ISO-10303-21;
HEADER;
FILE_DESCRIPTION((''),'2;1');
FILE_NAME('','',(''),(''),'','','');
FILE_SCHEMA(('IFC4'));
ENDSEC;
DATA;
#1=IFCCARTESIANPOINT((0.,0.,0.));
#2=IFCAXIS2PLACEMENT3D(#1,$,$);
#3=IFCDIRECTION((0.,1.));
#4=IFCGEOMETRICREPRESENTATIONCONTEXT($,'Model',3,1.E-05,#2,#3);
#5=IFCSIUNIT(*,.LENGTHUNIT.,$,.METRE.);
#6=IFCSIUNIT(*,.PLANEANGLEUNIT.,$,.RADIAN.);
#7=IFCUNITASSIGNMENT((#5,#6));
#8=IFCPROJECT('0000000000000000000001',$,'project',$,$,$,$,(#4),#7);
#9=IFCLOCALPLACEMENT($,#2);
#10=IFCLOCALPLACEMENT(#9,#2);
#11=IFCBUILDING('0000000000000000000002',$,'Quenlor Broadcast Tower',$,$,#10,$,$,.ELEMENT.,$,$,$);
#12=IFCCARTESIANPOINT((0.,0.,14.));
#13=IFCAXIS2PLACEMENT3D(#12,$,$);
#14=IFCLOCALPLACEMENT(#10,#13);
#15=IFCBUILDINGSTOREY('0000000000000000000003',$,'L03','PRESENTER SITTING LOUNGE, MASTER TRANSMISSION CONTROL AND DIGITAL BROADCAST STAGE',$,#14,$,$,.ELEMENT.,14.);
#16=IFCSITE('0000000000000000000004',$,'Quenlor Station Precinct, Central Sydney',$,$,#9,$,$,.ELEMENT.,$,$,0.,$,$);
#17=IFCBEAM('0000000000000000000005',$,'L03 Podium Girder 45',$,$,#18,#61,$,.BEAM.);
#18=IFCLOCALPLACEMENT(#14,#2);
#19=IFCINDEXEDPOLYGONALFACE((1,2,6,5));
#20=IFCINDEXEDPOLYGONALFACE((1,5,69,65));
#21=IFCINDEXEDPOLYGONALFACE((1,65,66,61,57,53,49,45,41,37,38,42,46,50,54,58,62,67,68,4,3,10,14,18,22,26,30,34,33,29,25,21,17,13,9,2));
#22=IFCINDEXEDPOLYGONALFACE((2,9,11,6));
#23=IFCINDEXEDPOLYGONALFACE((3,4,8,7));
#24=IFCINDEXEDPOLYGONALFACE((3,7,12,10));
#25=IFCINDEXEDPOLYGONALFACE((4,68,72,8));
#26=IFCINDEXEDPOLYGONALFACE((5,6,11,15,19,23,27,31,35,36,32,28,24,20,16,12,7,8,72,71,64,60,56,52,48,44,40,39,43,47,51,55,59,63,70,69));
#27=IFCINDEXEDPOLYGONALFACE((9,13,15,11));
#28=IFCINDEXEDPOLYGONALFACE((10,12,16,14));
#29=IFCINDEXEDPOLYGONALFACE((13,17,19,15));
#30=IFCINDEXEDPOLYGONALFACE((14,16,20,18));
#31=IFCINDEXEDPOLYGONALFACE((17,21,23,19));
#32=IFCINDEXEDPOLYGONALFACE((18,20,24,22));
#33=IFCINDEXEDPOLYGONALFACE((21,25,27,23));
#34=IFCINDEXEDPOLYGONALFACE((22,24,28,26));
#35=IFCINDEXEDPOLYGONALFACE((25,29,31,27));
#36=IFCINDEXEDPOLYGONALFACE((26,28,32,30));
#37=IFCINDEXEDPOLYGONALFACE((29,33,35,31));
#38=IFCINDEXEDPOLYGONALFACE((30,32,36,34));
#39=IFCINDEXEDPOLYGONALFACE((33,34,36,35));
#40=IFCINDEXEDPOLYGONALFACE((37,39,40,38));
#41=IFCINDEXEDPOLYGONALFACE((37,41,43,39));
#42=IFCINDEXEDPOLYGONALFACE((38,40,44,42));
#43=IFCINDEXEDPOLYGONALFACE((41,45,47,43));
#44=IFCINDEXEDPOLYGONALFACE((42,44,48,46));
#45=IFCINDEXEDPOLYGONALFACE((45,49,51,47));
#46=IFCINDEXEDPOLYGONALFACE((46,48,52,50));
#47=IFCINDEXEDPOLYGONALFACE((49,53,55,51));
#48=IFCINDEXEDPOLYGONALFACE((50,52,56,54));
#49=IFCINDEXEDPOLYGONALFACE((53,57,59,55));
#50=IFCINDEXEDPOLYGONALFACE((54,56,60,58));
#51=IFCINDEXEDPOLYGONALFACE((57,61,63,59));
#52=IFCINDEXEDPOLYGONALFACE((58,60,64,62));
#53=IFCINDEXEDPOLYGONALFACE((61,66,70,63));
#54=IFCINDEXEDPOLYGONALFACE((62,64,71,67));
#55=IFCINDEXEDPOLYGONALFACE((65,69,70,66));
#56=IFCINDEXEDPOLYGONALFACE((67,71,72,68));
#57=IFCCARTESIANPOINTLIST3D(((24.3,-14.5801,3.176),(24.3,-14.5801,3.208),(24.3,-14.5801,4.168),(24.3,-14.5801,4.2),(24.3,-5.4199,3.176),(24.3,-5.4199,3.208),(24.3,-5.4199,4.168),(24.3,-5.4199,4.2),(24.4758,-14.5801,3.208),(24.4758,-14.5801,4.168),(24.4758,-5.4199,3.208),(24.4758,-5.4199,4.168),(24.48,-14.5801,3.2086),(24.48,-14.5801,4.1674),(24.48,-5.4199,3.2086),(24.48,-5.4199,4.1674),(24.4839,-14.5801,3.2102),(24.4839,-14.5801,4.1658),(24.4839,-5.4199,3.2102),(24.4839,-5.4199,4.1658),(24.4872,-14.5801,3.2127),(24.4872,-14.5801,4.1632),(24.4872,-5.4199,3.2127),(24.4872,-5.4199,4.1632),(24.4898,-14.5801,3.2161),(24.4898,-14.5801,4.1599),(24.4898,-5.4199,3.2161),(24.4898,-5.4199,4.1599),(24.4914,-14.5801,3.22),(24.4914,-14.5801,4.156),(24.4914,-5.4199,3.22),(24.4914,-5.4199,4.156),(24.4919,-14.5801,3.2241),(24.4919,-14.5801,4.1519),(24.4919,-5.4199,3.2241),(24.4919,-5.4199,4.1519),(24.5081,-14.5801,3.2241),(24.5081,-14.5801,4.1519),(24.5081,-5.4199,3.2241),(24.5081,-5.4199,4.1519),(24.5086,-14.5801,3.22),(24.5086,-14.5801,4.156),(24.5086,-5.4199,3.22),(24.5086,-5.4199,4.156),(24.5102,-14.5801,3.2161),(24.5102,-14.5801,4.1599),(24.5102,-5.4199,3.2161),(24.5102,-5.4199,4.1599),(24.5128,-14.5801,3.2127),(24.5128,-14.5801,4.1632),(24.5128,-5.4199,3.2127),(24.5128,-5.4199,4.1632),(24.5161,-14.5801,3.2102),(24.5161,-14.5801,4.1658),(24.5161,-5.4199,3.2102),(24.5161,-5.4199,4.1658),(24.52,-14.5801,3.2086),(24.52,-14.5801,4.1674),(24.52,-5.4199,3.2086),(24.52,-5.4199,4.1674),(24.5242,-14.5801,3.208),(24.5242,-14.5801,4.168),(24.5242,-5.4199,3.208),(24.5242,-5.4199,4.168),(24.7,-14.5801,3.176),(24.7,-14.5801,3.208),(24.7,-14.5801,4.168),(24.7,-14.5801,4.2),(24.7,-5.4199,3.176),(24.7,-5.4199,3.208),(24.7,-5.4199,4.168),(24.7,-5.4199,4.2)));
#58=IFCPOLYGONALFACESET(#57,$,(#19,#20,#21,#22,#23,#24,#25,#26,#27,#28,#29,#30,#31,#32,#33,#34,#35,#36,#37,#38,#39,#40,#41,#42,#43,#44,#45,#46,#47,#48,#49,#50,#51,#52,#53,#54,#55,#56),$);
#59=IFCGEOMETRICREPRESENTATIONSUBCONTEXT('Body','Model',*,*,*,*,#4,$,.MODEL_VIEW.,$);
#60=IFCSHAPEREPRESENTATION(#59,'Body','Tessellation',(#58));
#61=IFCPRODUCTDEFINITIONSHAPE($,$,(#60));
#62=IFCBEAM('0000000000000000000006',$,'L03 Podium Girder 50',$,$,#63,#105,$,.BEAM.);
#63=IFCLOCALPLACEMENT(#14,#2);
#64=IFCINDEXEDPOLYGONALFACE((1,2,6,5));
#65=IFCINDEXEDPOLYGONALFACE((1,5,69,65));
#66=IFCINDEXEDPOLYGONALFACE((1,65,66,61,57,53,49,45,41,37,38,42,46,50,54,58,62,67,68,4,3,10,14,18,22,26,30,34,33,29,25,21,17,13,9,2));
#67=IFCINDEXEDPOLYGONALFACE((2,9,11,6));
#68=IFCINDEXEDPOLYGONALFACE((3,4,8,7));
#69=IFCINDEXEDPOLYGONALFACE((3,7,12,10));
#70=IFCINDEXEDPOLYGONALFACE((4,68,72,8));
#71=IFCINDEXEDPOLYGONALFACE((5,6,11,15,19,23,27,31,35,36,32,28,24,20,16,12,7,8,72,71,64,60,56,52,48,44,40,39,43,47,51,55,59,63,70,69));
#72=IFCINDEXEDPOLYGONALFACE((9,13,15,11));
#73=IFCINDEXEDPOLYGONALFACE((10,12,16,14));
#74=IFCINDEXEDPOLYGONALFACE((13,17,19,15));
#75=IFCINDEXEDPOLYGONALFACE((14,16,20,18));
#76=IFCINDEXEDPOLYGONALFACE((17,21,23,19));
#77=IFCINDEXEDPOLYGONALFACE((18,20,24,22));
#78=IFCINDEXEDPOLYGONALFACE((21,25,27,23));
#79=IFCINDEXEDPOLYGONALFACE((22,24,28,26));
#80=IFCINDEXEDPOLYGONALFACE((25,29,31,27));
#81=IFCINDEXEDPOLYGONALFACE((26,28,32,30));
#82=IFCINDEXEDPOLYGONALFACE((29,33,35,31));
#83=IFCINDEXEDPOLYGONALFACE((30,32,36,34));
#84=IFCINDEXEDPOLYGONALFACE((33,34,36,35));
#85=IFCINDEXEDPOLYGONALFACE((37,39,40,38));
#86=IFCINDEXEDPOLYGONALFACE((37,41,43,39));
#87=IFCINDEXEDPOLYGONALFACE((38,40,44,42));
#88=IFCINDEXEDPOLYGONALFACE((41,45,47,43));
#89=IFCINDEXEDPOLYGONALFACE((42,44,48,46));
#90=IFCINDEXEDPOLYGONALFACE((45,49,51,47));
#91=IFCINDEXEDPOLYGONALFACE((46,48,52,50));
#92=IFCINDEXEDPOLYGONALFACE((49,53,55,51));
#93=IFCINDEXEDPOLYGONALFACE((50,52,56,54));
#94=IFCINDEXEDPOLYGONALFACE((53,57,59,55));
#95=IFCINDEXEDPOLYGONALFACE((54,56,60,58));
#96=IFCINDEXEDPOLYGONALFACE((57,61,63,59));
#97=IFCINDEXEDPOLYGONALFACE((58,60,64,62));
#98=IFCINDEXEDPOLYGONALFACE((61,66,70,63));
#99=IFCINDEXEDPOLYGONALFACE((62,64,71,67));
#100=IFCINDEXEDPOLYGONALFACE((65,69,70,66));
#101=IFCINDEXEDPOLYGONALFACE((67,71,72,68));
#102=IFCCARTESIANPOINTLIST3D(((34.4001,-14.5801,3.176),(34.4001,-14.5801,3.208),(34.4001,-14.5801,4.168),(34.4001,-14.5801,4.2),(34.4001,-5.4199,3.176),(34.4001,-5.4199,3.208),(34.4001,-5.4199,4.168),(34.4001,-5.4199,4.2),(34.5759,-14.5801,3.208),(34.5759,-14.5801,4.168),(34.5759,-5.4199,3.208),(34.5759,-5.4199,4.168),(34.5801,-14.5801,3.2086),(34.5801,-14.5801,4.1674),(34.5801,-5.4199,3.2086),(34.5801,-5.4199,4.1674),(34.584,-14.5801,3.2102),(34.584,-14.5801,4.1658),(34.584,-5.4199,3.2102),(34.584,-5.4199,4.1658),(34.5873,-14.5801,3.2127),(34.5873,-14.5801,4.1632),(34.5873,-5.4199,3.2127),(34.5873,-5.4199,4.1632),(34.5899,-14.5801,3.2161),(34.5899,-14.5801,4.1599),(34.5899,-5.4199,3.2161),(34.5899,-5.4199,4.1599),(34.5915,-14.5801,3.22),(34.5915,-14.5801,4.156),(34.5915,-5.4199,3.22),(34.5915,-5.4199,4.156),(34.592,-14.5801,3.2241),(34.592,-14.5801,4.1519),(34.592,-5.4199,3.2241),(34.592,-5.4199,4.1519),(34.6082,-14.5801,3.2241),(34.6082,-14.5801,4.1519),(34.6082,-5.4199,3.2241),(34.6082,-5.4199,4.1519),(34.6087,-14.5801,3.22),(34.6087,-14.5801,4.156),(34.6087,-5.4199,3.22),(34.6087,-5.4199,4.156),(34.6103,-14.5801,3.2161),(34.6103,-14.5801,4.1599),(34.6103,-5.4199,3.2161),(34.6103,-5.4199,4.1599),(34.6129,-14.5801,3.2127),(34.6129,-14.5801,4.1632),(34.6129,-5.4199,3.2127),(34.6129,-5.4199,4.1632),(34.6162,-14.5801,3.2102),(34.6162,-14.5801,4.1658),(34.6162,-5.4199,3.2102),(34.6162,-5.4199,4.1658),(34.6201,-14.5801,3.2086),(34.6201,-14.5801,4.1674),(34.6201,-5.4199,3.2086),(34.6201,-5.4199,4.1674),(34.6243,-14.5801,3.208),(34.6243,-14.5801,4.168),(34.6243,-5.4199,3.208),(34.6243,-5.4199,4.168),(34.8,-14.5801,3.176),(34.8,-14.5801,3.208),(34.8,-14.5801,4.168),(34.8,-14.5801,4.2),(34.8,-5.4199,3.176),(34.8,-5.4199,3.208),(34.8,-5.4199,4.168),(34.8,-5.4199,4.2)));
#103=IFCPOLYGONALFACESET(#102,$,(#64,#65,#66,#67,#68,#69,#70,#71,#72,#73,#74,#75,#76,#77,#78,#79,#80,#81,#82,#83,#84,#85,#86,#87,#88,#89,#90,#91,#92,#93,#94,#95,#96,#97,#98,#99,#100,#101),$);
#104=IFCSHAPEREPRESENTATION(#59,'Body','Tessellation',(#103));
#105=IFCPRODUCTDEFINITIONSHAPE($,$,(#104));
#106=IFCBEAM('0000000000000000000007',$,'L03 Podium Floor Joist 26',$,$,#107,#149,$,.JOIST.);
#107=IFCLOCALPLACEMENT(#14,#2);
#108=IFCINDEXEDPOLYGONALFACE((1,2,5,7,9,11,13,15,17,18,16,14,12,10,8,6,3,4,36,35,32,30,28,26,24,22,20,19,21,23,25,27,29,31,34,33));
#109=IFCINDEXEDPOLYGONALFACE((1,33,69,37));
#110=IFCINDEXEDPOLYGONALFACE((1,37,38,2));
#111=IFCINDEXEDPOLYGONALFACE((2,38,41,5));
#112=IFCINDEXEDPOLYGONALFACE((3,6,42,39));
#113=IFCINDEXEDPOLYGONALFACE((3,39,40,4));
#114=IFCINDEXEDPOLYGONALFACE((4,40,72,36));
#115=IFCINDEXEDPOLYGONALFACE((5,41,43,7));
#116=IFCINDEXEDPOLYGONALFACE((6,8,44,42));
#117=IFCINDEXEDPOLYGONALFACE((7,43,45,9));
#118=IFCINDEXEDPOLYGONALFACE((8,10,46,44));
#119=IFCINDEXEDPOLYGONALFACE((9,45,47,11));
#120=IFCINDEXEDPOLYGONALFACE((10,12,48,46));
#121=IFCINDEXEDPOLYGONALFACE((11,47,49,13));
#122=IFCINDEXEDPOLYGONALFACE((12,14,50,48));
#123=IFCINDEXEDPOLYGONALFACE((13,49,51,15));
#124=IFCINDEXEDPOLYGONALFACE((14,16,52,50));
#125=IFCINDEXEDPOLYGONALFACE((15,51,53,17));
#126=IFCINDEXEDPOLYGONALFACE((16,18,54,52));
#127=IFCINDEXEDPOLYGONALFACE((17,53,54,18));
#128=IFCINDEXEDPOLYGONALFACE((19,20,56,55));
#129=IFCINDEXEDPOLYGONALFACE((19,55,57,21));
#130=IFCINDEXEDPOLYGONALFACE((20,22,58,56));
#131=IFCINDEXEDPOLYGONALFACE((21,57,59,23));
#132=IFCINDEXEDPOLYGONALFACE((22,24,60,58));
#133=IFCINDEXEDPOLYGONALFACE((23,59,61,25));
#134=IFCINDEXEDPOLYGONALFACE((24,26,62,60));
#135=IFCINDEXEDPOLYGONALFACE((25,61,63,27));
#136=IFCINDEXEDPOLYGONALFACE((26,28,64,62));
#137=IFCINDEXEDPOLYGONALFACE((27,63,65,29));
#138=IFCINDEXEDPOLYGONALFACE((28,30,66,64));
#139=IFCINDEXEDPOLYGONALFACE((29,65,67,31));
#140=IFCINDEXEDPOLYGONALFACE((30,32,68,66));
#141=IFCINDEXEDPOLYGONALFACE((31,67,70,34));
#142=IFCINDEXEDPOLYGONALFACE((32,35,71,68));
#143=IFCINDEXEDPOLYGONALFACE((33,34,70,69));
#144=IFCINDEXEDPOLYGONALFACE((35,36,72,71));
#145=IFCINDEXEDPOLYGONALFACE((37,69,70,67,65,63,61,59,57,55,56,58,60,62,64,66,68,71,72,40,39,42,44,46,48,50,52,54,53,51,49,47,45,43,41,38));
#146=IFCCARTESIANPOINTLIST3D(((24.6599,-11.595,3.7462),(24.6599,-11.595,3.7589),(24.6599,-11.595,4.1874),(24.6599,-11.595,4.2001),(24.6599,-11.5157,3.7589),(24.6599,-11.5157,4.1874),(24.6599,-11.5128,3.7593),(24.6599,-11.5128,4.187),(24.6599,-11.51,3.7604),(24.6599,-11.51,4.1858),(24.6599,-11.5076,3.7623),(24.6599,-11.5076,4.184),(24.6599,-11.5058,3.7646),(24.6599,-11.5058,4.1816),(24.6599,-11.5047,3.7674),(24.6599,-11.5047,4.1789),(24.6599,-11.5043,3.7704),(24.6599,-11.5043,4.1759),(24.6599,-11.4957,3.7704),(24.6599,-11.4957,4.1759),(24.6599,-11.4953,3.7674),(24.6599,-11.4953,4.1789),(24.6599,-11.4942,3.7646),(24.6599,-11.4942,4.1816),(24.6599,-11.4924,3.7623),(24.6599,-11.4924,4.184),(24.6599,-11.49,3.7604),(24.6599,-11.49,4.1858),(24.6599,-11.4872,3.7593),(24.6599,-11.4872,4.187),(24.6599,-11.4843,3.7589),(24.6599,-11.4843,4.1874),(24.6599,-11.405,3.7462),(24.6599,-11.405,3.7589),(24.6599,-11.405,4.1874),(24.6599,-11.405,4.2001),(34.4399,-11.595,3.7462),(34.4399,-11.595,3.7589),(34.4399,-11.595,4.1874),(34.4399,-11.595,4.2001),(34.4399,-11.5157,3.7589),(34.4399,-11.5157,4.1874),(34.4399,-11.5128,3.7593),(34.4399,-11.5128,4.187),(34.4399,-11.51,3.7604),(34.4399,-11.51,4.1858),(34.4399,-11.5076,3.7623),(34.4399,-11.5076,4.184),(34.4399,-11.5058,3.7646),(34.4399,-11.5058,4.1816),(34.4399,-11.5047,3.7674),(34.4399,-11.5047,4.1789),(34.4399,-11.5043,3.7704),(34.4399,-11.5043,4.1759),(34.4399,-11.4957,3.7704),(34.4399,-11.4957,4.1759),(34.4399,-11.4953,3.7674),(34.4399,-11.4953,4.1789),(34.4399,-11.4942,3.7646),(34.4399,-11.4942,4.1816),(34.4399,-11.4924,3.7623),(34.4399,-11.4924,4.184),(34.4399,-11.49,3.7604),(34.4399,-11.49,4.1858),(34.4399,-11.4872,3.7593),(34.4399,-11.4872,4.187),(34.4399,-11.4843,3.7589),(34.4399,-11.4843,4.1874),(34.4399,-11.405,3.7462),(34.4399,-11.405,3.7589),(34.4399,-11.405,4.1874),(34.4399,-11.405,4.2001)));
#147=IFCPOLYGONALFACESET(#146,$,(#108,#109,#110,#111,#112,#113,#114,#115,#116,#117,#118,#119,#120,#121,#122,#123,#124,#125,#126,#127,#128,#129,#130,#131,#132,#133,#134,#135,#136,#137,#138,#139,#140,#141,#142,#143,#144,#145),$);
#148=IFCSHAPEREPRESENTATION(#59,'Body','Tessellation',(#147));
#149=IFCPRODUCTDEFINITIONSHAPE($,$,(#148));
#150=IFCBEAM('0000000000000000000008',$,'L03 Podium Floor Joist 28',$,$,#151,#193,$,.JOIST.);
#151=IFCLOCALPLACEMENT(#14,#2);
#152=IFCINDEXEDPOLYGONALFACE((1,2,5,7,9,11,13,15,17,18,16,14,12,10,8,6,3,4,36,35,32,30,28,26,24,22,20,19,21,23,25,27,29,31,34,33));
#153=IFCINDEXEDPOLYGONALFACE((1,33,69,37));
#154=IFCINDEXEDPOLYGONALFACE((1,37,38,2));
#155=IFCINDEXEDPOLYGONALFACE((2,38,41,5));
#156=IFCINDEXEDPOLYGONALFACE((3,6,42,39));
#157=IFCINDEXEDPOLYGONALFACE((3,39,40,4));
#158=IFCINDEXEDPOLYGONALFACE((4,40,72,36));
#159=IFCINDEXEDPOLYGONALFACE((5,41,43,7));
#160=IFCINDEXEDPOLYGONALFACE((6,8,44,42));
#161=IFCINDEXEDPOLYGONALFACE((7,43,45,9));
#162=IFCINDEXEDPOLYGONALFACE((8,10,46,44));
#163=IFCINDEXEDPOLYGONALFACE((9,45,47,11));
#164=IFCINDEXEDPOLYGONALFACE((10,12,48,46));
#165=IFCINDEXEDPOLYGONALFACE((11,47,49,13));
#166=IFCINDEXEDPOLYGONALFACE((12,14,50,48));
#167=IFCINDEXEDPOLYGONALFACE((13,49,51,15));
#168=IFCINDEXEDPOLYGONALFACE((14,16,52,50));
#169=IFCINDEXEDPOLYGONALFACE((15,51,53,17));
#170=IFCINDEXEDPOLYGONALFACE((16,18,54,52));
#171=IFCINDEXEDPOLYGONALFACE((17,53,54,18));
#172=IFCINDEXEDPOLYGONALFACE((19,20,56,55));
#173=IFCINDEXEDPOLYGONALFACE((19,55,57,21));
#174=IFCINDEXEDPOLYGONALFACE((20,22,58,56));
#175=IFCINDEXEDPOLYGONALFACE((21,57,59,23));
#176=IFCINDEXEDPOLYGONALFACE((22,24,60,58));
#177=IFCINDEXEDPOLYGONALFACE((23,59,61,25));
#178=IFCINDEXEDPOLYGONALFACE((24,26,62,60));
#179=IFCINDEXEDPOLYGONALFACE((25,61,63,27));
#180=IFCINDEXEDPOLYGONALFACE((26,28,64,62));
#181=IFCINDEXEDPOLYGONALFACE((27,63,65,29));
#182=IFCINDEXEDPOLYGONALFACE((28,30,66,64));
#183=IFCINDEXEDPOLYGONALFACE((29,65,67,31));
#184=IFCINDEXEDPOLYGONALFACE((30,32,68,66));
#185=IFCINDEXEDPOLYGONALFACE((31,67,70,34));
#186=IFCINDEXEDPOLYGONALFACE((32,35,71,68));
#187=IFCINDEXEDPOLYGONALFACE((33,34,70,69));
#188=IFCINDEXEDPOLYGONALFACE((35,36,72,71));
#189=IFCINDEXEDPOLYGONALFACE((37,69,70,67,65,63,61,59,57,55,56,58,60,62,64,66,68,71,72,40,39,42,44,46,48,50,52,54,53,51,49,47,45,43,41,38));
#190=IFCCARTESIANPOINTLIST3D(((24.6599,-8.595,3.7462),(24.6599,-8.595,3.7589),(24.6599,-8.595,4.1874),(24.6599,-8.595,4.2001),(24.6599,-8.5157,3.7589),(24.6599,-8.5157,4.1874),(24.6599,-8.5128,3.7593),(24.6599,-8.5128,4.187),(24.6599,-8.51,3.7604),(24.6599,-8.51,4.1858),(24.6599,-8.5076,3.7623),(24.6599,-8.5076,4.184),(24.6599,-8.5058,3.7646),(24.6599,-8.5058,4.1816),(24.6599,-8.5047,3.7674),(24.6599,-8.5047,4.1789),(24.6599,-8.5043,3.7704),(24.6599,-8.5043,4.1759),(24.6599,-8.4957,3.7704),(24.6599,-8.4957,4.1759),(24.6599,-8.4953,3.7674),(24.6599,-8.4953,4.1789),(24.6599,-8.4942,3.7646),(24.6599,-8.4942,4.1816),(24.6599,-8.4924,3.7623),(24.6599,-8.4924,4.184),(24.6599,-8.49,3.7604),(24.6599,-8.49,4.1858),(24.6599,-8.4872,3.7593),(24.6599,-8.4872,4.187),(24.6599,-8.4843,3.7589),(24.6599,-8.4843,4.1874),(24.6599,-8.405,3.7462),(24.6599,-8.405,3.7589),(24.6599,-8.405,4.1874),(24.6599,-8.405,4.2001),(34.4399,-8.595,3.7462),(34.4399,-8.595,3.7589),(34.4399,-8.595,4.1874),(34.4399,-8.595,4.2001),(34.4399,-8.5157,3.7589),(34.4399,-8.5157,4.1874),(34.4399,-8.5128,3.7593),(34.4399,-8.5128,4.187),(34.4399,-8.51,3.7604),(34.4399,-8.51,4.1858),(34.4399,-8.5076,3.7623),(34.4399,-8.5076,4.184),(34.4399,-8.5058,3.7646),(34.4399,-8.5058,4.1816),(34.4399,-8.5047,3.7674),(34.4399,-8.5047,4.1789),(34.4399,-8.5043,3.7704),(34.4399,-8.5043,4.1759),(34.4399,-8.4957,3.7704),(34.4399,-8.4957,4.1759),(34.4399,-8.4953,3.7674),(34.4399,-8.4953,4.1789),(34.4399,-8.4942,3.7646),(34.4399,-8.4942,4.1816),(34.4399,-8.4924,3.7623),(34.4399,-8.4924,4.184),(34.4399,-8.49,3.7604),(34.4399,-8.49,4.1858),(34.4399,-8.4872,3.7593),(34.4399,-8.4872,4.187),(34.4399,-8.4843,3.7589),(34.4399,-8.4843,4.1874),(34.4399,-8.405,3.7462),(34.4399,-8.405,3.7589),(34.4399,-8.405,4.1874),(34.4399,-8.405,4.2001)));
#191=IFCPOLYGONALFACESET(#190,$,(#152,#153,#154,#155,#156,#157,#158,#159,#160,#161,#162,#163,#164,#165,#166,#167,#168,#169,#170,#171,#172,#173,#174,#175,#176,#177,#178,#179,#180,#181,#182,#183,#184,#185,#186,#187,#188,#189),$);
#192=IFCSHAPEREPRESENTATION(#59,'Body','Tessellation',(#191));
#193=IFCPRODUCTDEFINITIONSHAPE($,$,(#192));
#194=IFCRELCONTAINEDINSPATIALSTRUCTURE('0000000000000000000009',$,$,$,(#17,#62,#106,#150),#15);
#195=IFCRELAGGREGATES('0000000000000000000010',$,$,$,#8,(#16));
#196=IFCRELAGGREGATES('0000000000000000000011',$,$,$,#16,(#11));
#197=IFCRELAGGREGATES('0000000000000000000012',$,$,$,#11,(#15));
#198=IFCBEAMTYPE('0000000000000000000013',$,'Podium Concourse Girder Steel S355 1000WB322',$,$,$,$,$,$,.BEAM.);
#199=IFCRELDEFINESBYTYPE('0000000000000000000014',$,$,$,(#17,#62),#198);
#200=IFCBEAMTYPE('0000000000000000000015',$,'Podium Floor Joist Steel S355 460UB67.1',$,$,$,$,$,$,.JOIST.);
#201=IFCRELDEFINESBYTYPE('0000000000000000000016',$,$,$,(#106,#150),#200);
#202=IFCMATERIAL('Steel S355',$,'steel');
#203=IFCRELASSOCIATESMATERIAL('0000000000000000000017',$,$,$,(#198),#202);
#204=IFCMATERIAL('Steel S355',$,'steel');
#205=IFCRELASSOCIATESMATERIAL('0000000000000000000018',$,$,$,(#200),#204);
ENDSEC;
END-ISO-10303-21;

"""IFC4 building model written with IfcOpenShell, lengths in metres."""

from ifc_helpers import new_model, si_unit, direction, frame, origin, origin_2d, place, context, subcontext, project, spatial, i_section, extrude, material, material_profile, profile_set, type_object, element, save


model = new_model("IFC4")

# Units and contexts
model_context = context("Model", 3, precision=1e-05, world=origin(), true_north=direction((0.0, 1.0)))
body_context = subcontext(model_context, "Body", "Model", "MODEL_VIEW")
ifc_project = project(units=[si_unit("LENGTHUNIT", "METRE"), si_unit("PLANEANGLEUNIT", "RADIAN")], contexts=[model_context])

# Site, building, storey
site_placement = place(None, origin())
site = spatial("IfcSite", under=ifc_project, at=site_placement, Name="Quenlor Station Precinct, Central Sydney", CompositionType="ELEMENT", RefElevation=0.0)
building_placement = place(site_placement, origin())
building = spatial("IfcBuilding", under=site, at=building_placement, Name="Quenlor Broadcast Tower", CompositionType="ELEMENT")
storey_placement = place(building_placement, frame((0.0, 0.0, 14.0)))
storey = spatial("IfcBuildingStorey", under=building, at=storey_placement, Name="L03", Description="PRESENTER SITTING LOUNGE, MASTER TRANSMISSION CONTROL AND DIGITAL BROADCAST STAGE", CompositionType="ELEMENT", Elevation=14.0)

# Beams
ifc_material_1 = material(Name="Steel S355", Category="steel")
ifc_material_profile_1 = material_profile(ifc_material_1, i_section(OverallWidth=0.3999, OverallDepth=1.0239, WebThickness=0.0161, FlangeThickness=0.032, FilletRadius=0.0161, at=origin_2d()))
ifc_profile_set_1 = profile_set([ifc_material_profile_1], Name="Steel S355 1000WB322")
beam_type_1 = type_object("IfcBeamType", Name="Podium Concourse Girder Steel S355 1000WB322", PredefinedType="BEAM", material=ifc_profile_set_1)
for number, where, z_axis, x_axis, name in (
    (1, (24.5, -14.5801, 3.688), (0.0, 1.0, 0.0), (-1.0, 0.0, 0.0), "L03 Podium Girder 45"),
    (2, (34.6001, -14.5801, 3.688), (0.0, 1.0, 0.0), (-1.0, 0.0, 0.0), "L03 Podium Girder 50"),
):
    element("IfcBeam", number, at=place(storey_placement, frame(where, z_axis=z_axis, x_axis=x_axis)), inside=storey, type_object=beam_type_1, Name=name, PredefinedType="BEAM", context=body_context, shape_type="SweptSolid", body=[
        extrude(i_section(OverallWidth=0.3999, OverallDepth=1.0239, WebThickness=0.0161, FlangeThickness=0.032, FilletRadius=0.0161, at=origin_2d()), origin(), (0.0, 0.0, 1.0), 9.1602),
    ])
ifc_material_2 = material(Name="Steel S355", Category="steel")
ifc_material_profile_2 = material_profile(ifc_material_2, i_section(OverallWidth=0.1899, OverallDepth=0.4539, WebThickness=0.0085, FlangeThickness=0.0127, FilletRadius=0.0115, at=origin_2d()))
ifc_profile_set_2 = profile_set([ifc_material_profile_2], Name="Steel S355 460UB67.1")
beam_type_2 = type_object("IfcBeamType", Name="Podium Floor Joist Steel S355 460UB67.1", PredefinedType="JOIST", material=ifc_profile_set_2)
for number, where, z_axis, x_axis, name in (
    (3, (24.6599, -11.5, 3.9731), (1.0, 0.0, 0.0), (0.0, 1.0, 0.0), "L03 Podium Floor Joist 26"),
    (4, (24.6599, -8.5, 3.9731), (1.0, 0.0, 0.0), (0.0, 1.0, 0.0), "L03 Podium Floor Joist 28"),
):
    element("IfcBeam", number, at=place(storey_placement, frame(where, z_axis=z_axis, x_axis=x_axis)), inside=storey, type_object=beam_type_2, Name=name, PredefinedType="JOIST", context=body_context, shape_type="SweptSolid", body=[
        extrude(i_section(OverallWidth=0.1899, OverallDepth=0.4539, WebThickness=0.0085, FlangeThickness=0.0127, FilletRadius=0.0115, at=origin_2d()), origin(), (0.0, 0.0, 1.0), 9.78),
    ])

save(model, "model.ifc")
